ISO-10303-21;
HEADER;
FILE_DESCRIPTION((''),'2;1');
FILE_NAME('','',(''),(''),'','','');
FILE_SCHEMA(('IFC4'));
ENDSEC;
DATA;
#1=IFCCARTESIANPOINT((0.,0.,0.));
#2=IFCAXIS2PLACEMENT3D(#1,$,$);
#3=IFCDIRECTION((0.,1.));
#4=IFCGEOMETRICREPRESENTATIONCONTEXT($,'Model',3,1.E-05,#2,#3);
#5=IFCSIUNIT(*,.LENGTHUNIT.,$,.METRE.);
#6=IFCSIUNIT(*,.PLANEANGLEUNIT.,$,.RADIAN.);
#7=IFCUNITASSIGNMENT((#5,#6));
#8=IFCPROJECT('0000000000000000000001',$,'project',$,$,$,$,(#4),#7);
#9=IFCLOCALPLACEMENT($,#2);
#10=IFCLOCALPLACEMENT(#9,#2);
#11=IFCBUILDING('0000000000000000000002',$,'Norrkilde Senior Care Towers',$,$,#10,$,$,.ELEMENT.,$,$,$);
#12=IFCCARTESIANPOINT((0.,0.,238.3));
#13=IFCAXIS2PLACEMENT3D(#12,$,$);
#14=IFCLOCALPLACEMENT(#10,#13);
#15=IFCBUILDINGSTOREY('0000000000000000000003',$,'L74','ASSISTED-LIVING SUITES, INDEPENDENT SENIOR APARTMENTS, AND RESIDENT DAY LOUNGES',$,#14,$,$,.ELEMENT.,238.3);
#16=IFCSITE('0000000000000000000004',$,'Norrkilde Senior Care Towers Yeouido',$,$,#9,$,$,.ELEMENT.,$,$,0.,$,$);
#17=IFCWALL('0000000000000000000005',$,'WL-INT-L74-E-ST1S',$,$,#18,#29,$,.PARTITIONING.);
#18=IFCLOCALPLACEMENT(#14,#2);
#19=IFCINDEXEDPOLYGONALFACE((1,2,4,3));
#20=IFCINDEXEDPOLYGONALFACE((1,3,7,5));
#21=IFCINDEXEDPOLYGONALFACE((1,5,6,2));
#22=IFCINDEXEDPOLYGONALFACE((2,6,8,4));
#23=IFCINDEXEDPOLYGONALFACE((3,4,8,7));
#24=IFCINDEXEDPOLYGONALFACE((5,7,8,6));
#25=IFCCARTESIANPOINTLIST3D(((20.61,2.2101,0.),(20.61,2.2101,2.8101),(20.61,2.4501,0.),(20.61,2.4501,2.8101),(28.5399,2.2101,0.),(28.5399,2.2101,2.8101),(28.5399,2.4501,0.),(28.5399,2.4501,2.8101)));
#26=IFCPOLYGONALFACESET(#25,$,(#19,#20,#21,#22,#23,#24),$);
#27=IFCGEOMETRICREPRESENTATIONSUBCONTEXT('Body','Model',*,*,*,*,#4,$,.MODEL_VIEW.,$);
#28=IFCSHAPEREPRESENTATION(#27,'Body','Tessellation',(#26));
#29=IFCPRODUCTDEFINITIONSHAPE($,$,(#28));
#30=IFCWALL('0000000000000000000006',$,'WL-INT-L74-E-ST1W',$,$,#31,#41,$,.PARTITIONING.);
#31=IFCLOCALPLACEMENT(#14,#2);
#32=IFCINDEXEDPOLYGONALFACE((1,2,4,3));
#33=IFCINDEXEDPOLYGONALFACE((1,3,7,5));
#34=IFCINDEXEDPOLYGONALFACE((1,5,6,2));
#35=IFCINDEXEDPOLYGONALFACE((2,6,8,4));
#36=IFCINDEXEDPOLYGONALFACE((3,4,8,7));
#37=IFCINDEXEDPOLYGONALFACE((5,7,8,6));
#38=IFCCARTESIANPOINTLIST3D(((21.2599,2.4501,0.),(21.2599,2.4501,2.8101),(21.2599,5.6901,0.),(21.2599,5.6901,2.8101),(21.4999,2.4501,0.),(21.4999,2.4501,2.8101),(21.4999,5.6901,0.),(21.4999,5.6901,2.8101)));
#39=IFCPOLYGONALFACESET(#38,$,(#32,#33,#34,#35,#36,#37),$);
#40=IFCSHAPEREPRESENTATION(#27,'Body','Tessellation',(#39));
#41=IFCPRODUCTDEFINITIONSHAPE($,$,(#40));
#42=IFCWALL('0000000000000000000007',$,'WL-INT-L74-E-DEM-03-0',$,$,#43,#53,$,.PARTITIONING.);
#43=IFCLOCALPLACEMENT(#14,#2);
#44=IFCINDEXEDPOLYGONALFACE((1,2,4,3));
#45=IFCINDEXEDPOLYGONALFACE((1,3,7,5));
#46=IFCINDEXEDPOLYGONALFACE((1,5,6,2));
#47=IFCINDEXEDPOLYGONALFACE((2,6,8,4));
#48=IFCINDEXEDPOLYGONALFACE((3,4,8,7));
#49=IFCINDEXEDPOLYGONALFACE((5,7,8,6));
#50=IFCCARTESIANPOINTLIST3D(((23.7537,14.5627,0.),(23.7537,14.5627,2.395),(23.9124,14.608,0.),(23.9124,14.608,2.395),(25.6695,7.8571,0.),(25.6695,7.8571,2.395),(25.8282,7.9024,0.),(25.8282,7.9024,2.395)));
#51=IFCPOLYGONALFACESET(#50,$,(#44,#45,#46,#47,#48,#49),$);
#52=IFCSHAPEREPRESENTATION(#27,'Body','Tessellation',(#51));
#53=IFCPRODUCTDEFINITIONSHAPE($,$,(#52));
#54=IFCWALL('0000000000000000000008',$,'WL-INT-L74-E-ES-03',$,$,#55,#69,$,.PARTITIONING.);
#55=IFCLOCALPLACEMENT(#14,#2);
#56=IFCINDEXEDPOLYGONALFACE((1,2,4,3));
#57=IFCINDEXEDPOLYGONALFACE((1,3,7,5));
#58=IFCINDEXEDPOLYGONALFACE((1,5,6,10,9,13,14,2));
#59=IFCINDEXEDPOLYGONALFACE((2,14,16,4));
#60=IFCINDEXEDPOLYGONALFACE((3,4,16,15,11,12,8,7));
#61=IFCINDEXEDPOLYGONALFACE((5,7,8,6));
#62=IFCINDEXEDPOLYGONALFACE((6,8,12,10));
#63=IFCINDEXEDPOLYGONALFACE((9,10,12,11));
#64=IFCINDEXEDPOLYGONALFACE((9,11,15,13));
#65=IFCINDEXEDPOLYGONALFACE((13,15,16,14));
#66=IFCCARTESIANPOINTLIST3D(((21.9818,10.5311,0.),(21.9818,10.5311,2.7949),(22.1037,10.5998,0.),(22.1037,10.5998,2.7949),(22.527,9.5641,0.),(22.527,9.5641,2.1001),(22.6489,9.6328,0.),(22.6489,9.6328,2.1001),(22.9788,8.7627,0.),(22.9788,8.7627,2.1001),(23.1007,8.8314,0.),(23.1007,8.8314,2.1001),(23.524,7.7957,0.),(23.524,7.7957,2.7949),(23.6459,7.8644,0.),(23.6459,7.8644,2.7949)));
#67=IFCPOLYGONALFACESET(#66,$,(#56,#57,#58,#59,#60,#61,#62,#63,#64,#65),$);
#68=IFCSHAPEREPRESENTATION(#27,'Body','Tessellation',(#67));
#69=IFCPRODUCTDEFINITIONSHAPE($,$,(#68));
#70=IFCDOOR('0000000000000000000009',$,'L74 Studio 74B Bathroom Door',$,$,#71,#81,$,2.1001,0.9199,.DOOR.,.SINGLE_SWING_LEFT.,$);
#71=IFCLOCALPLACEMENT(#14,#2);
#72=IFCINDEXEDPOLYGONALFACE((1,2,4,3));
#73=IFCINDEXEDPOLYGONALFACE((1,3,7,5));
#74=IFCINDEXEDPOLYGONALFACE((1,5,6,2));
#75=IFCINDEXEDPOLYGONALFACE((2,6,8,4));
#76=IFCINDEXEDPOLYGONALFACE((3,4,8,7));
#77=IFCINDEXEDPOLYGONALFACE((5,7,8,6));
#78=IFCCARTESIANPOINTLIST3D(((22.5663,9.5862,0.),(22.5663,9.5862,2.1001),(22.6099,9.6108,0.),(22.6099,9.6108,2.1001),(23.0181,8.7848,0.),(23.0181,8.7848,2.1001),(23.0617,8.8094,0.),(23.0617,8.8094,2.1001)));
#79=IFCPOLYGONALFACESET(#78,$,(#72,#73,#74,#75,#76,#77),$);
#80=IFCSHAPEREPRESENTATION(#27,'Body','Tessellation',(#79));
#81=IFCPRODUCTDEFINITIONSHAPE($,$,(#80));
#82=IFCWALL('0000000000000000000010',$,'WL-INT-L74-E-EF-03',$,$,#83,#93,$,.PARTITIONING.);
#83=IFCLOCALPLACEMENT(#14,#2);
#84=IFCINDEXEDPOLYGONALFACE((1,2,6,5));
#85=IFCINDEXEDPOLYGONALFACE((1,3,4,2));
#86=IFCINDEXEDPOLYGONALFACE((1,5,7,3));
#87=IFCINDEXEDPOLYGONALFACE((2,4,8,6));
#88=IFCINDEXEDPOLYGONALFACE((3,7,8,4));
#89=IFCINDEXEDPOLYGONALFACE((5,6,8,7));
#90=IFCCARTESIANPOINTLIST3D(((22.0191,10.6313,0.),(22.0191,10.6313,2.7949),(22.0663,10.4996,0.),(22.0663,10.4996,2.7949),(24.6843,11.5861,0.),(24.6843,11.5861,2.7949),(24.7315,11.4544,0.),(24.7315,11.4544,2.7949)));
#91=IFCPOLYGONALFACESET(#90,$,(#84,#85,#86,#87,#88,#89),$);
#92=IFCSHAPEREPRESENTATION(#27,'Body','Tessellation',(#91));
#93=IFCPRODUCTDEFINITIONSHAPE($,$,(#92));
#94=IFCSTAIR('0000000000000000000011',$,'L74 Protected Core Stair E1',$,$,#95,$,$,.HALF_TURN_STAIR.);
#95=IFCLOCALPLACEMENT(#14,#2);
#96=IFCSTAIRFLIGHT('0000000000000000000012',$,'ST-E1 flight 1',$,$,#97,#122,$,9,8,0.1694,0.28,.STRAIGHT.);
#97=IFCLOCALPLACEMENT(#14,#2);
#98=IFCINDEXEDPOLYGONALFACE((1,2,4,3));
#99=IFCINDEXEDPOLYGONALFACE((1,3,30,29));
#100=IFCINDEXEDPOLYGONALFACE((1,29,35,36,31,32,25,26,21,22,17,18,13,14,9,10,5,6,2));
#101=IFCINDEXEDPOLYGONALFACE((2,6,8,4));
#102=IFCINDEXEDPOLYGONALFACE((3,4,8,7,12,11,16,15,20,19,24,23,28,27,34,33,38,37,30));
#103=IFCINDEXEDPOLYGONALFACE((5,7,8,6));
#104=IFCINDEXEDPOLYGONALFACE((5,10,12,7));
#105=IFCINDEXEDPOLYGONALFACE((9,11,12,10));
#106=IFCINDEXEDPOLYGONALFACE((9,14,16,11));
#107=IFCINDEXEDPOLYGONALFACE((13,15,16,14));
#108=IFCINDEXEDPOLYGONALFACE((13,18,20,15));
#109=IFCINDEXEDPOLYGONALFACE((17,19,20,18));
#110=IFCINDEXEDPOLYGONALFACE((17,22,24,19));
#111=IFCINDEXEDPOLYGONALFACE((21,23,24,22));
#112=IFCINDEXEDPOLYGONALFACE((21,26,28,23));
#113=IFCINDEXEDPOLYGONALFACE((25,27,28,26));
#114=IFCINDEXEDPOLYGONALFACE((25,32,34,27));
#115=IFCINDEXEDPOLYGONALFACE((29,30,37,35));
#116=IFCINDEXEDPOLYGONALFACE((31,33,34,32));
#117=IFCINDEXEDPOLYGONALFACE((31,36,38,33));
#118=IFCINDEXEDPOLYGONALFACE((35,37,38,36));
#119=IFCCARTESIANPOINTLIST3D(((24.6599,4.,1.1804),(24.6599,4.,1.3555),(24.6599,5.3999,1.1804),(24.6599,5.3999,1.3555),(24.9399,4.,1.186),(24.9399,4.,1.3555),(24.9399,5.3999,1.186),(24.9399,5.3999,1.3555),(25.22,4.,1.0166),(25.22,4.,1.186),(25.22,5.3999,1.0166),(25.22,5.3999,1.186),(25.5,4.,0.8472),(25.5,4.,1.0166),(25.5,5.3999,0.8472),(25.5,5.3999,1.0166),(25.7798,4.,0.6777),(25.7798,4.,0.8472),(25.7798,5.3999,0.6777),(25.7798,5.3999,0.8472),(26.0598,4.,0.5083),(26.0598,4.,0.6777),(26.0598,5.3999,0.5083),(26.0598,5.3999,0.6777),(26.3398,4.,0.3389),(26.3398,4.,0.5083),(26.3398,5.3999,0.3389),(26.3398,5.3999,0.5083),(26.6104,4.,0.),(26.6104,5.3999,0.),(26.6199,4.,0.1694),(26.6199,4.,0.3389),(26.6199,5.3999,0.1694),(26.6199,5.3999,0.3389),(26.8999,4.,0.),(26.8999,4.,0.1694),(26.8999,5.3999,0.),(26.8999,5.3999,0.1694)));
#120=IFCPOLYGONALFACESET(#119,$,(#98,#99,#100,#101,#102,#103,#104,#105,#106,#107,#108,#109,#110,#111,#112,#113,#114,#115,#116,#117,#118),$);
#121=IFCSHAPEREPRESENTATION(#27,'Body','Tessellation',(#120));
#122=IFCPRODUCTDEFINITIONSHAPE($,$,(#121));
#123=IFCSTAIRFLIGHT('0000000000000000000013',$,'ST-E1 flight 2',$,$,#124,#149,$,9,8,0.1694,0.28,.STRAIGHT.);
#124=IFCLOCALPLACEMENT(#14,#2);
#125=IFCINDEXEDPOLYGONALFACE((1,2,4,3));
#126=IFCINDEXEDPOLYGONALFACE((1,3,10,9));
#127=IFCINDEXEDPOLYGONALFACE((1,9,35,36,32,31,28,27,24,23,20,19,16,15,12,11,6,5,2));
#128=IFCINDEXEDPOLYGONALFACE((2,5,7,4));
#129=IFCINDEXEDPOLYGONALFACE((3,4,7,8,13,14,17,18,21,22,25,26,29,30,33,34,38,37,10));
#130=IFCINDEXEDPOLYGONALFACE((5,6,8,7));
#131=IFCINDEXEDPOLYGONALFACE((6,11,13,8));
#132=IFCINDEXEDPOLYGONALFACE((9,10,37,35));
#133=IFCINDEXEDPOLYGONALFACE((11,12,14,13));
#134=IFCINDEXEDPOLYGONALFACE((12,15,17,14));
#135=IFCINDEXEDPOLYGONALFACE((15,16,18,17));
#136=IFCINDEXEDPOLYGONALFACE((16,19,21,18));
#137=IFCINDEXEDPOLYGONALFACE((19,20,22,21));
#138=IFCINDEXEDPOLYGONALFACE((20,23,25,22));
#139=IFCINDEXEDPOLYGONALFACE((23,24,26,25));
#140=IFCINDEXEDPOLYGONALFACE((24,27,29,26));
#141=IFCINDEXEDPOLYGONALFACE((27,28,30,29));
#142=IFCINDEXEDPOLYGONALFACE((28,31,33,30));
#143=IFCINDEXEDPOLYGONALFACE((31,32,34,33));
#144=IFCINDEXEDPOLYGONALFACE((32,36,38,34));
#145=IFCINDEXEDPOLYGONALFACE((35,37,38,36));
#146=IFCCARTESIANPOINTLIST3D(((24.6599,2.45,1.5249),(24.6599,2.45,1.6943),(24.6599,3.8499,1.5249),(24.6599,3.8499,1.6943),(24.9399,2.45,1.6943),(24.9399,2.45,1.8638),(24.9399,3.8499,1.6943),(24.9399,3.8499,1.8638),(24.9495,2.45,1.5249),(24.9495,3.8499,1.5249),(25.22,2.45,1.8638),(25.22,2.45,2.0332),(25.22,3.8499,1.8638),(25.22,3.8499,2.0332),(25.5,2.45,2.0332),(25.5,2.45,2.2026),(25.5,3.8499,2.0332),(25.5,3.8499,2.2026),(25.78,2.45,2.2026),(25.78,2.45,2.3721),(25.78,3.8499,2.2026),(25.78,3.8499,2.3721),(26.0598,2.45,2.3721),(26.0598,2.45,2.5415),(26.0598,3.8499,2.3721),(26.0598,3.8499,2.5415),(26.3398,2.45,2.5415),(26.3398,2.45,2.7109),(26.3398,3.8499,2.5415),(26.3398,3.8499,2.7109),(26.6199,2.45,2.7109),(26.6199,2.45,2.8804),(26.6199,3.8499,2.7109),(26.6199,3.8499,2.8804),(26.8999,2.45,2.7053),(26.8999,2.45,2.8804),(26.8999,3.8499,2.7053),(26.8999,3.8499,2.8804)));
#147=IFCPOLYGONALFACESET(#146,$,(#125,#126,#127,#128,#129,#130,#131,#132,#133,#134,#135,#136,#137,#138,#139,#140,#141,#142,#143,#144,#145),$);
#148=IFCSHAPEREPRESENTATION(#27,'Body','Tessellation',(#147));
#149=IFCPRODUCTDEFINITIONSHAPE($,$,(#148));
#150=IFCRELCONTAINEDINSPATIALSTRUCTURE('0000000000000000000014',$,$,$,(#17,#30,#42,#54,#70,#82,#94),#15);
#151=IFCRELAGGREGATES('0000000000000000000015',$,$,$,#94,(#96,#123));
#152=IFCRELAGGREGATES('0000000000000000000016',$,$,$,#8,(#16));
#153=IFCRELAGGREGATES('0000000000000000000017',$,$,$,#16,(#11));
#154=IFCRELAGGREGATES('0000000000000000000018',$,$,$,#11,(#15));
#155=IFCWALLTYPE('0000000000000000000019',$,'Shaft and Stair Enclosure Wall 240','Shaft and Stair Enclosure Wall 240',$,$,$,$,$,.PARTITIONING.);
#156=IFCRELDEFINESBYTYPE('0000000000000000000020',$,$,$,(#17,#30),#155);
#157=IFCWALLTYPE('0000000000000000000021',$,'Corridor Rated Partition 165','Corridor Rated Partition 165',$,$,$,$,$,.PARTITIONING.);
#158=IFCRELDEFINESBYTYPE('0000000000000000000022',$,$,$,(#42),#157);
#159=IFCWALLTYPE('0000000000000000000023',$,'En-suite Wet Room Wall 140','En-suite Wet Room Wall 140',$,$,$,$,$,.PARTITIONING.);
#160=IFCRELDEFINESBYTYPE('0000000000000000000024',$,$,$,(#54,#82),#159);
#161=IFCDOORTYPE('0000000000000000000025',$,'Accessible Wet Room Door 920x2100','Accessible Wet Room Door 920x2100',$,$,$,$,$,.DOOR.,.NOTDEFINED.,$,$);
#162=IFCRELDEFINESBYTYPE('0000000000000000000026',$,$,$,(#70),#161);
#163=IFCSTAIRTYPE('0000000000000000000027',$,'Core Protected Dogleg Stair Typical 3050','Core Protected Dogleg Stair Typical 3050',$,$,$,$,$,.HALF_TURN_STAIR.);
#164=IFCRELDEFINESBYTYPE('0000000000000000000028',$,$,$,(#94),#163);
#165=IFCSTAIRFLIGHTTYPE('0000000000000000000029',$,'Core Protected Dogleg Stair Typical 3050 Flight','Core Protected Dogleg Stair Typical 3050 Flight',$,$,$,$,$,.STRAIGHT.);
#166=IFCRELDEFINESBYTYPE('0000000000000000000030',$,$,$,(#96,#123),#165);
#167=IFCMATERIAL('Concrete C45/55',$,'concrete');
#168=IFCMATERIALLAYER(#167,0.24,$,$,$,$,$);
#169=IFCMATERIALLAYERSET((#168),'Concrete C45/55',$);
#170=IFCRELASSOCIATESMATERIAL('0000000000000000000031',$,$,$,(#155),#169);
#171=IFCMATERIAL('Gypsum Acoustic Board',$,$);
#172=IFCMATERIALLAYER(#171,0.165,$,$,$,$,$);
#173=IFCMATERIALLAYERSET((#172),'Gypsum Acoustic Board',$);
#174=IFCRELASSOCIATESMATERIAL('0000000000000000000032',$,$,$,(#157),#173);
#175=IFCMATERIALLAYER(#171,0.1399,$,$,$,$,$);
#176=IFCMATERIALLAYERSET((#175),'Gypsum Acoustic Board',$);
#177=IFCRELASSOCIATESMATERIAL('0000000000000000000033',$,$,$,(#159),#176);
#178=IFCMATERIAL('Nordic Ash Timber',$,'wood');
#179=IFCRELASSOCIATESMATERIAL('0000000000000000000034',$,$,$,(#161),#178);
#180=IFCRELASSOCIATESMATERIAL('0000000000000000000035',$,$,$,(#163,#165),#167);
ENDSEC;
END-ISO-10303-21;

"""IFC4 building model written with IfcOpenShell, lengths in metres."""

from ifc_helpers import new_model, si_unit, direction, frame, frame_2d, origin, place, context, subcontext, project, spatial, polyline, rectangle, outline, extrude, source, transform, mapped, material, layer, layer_set, type_object, type_shapes, element, fill, aggregate, save


model = new_model("IFC4")

# Units and contexts
model_context = context("Model", 3, precision=1e-05, world=origin(), true_north=direction((0.0, 1.0)))
body_context = subcontext(model_context, "Body", "Model", "MODEL_VIEW")
ifc_project = project(units=[si_unit("LENGTHUNIT", "METRE"), si_unit("PLANEANGLEUNIT", "RADIAN")], contexts=[model_context])

# Site, building, storey
site_placement = place(None, origin())
site = spatial("IfcSite", under=ifc_project, at=site_placement, Name="Norrkilde Senior Care Towers Yeouido", CompositionType="ELEMENT", RefElevation=0.0)
building_placement = place(site_placement, origin())
building = spatial("IfcBuilding", under=site, at=building_placement, Name="Norrkilde Senior Care Towers", CompositionType="ELEMENT")
storey_placement = place(building_placement, frame((0.0, 0.0, 238.3)))
storey = spatial("IfcBuildingStorey", under=building, at=storey_placement, Name="L74", Description="ASSISTED-LIVING SUITES, INDEPENDENT SENIOR APARTMENTS, AND RESIDENT DAY LOUNGES", CompositionType="ELEMENT", Elevation=238.3)

# Walls
ifc_material_1 = material(Name="Gypsum Acoustic Board")
ifc_material_2 = material(Name="Concrete C45/55", Category="concrete")
ifc_layer_1 = layer(ifc_material_2, 0.24)
ifc_layer_set_1 = layer_set([ifc_layer_1], Name="Concrete C45/55")
wall_type_1 = type_object("IfcWallType", Name="Shaft and Stair Enclosure Wall 240", Description="Shaft and Stair Enclosure Wall 240", PredefinedType="PARTITIONING", material=ifc_layer_set_1)
shared_shape_1 = source(origin(), body_context, "Body", "SweptSolid", [
    extrude(rectangle(XDim=7.9299, YDim=0.24, at=frame_2d((3.9648, 0.0))), origin(), (0.0, 0.0, 1.0), 2.8101),
])
wall_1_placement = place(storey_placement, frame((20.6101, 2.3301, 0.0), z_axis=(0.0, 0.0, 1.0), x_axis=(1.0, 0.0, 0.0)))
element("IfcWall", 1, at=wall_1_placement, inside=storey, type_object=wall_type_1, Name="WL-INT-L74-E-ST1S", PredefinedType="PARTITIONING", context=body_context, shape_type="MappedRepresentation", body=[
    mapped(shared_shape_1, transform((0.0, 0.0, 0.0), x_axis=(1.0, 0.0, 0.0), y_axis=(0.0, 1.0, 0.0), z_axis=(0.0, 0.0, 1.0), scale=1.0)),
])
shared_shape_2 = source(origin(), body_context, "Body", "SweptSolid", [
    extrude(rectangle(XDim=3.24, YDim=0.24, at=frame_2d((1.6201, 0.0))), origin(), (0.0, 0.0, 1.0), 2.8101),
])
type_shapes(wall_type_1, [shared_shape_1, shared_shape_2])
wall_2_placement = place(storey_placement, frame((21.3799, 2.45, 0.0), z_axis=(0.0, 0.0, 1.0), x_axis=(0.0, 1.0, 0.0)))
element("IfcWall", 2, at=wall_2_placement, inside=storey, type_object=wall_type_1, Name="WL-INT-L74-E-ST1W", PredefinedType="PARTITIONING", context=body_context, shape_type="MappedRepresentation", body=[
    mapped(shared_shape_2, transform((0.0, 0.0, 0.0), x_axis=(1.0, 0.0, 0.0), y_axis=(0.0, 1.0, 0.0), z_axis=(0.0, 0.0, 1.0), scale=1.0)),
])
ifc_layer_2 = layer(ifc_material_1, 0.165)
ifc_layer_set_2 = layer_set([ifc_layer_2], Name="Gypsum Acoustic Board")
wall_type_2 = type_object("IfcWallType", Name="Corridor Rated Partition 165", Description="Corridor Rated Partition 165", PredefinedType="PARTITIONING", material=ifc_layer_set_2)
shared_shape_3 = source(origin(), body_context, "Body", "SweptSolid", [
    extrude(rectangle(XDim=6.9739, YDim=0.165, at=frame_2d((3.4868, 0.0))), origin(), (0.0, 0.0, 1.0), 2.395),
])
type_shapes(wall_type_2, [shared_shape_3])
wall_3_placement = place(storey_placement, frame((25.7488, 7.8799, 0.0), z_axis=(0.0, 0.0, 1.0), x_axis=(-0.274707, 0.961528, 0.0)))
element("IfcWall", 3, at=wall_3_placement, inside=storey, type_object=wall_type_2, Name="WL-INT-L74-E-DEM-03-0", PredefinedType="PARTITIONING", context=body_context, shape_type="MappedRepresentation", body=[
    mapped(shared_shape_3, transform((0.0, 0.0, 0.0), x_axis=(1.0, 0.0, 0.0), y_axis=(0.0, 1.0, 0.0), z_axis=(0.0, 0.0, 1.0), scale=1.0)),
])

# Wall, opening, door
ifc_layer_3 = layer(ifc_material_1, 0.1399)
ifc_layer_set_3 = layer_set([ifc_layer_3], Name="Gypsum Acoustic Board")
wall_type_3 = type_object("IfcWallType", Name="En-suite Wet Room Wall 140", Description="En-suite Wet Room Wall 140", PredefinedType="PARTITIONING", material=ifc_layer_set_3)
shared_shape_4 = source(origin(), body_context, "Body", "SweptSolid", [
    extrude(rectangle(XDim=3.1401, YDim=0.1399, at=frame_2d((1.5701, 0.0))), origin(), (0.0, 0.0, 1.0), 2.7949),
])
wall_4_placement = place(storey_placement, frame((23.585, 7.8301, 0.0), z_axis=(0.0, 0.0, 1.0), x_axis=(-0.491132, 0.871085, 0.0)))
wall_4 = element("IfcWall", 4, at=wall_4_placement, inside=storey, type_object=wall_type_3, Name="WL-INT-L74-E-ES-03", PredefinedType="PARTITIONING", context=body_context, shape_type="MappedRepresentation", body=[
    mapped(shared_shape_4, transform((0.0, 0.0, 0.0), x_axis=(1.0, 0.0, 0.0), y_axis=(0.0, 1.0, 0.0), z_axis=(0.0, 0.0, 1.0), scale=1.0)),
])
opening_placement = place(wall_4_placement, frame((1.1101, 0.0, 0.0)))
opening = element("IfcOpeningElement", 5, at=opening_placement, cuts=wall_4, PredefinedType="OPENING", context=body_context, shape_type="SweptSolid", body=[
    extrude(rectangle(XDim=0.9199, YDim=2.1001, at=frame_2d((0.46, 1.05))), frame((0.0, 0.0798, 0.0), z_axis=(0.0, -1.0, 0.0), x_axis=(1.0, 0.0, 0.0)), (0.0, 0.0, 1.0), 0.1599),
])
ifc_material_3 = material(Name="Nordic Ash Timber", Category="wood")
door_type = type_object("IfcDoorType", Name="Accessible Wet Room Door 920x2100", Description="Accessible Wet Room Door 920x2100", OperationType="NOTDEFINED", PredefinedType="DOOR", material=ifc_material_3)
shared_shape_5 = source(origin(), body_context, "Body", "SweptSolid", [
    extrude(rectangle(XDim=0.9199, YDim=2.1001, at=frame_2d((0.46, 1.05))), frame((0.0, 0.0249, 0.0), z_axis=(0.0, -1.0, 0.0), x_axis=(1.0, 0.0, 0.0)), (0.0, 0.0, 1.0), 0.05),
])
type_shapes(door_type, [shared_shape_5])
door_placement = place(opening_placement, origin())
door = element("IfcDoor", 6, at=door_placement, inside=storey, type_object=door_type, Name="L74 Studio 74B Bathroom Door", OperationType="SINGLE_SWING_LEFT", OverallHeight=2.1001, OverallWidth=0.9199, PredefinedType="DOOR", context=body_context, shape_type="MappedRepresentation", body=[
    mapped(shared_shape_5, transform((0.0, 0.0, 0.0), x_axis=(1.0, 0.0, 0.0), y_axis=(0.0, 1.0, 0.0), z_axis=(0.0, 0.0, 1.0), scale=1.0)),
])
fill(opening, door)

# Wall
shared_shape_6 = source(origin(), body_context, "Body", "SweptSolid", [
    extrude(rectangle(XDim=2.8311, YDim=0.1399, at=frame_2d((1.4155, 0.0))), origin(), (0.0, 0.0, 1.0), 2.7949),
])
type_shapes(wall_type_3, [shared_shape_4, shared_shape_6])
wall_5_placement = place(storey_placement, frame((22.0427, 10.5654, 0.0), z_axis=(0.0, 0.0, 1.0), x_axis=(0.941412, 0.337259, 0.0)))
element("IfcWall", 7, at=wall_5_placement, inside=storey, type_object=wall_type_3, Name="WL-INT-L74-E-EF-03", PredefinedType="PARTITIONING", context=body_context, shape_type="MappedRepresentation", body=[
    mapped(shared_shape_6, transform((0.0, 0.0, 0.0), x_axis=(1.0, 0.0, 0.0), y_axis=(0.0, 1.0, 0.0), z_axis=(0.0, 0.0, 1.0), scale=1.0)),
])

# Stair, stair flights
stair_type = type_object("IfcStairType", Name="Core Protected Dogleg Stair Typical 3050", Description="Core Protected Dogleg Stair Typical 3050", PredefinedType="HALF_TURN_STAIR", material=ifc_material_2)
stair_placement = place(storey_placement, origin())
stair = element("IfcStair", 8, at=stair_placement, inside=storey, type_object=stair_type, Name="L74 Protected Core Stair E1", PredefinedType="HALF_TURN_STAIR")
stair_flight_type = type_object("IfcStairFlightType", Name="Core Protected Dogleg Stair Typical 3050 Flight", Description="Core Protected Dogleg Stair Typical 3050 Flight", PredefinedType="STRAIGHT", material=ifc_material_2)
stair_flight_1_placement = place(storey_placement, frame((26.8999, 4.7, 0.0), z_axis=(0.0, 0.0, 1.0), x_axis=(-1.0, 0.0, 0.0)))
stair_flight_1 = element("IfcStairFlight", 9, at=stair_flight_1_placement, type_object=stair_flight_type, Name="ST-E1 flight 1", NumberOfRisers=9, NumberOfTreads=8, PredefinedType="STRAIGHT", RiserHeight=0.1694, TreadLength=0.28, context=body_context, shape_type="SweptSolid", body=[
    extrude(outline(polyline([(0.0, 0.0), (0.0, 0.1694), (0.28, 0.1694), (0.28, 0.3389), (0.5601, 0.3389), (0.5601, 0.5083), (0.8401, 0.5083), (0.8401, 0.6777), (1.1201, 0.6777), (1.1201, 0.8472), (1.3999, 0.8472), (1.3999, 1.0166), (1.6799, 1.0166), (1.6799, 1.186), (1.96, 1.186), (1.96, 1.3555), (2.24, 1.3555), (2.24, 1.5249), (2.24, 1.1804), (0.2896, 0.0), (0.0, 0.0)])), frame((0.0, 0.7, 0.0), z_axis=(0.0, -1.0, 0.0), x_axis=(1.0, 0.0, 0.0)), (0.0, 0.0, 1.0), 1.3999),
])
stair_flight_2_placement = place(storey_placement, frame((24.6599, 3.1499, 1.5249), z_axis=(0.0, 0.0, 1.0), x_axis=(1.0, 0.0, 0.0)))
stair_flight_2 = element("IfcStairFlight", 10, at=stair_flight_2_placement, type_object=stair_flight_type, Name="ST-E1 flight 2", NumberOfRisers=9, NumberOfTreads=8, PredefinedType="STRAIGHT", RiserHeight=0.1694, TreadLength=0.28, context=body_context, shape_type="SweptSolid", body=[
    extrude(outline(polyline([(0.0, 0.0), (0.0, 0.1694), (0.28, 0.1694), (0.28, 0.3389), (0.5601, 0.3389), (0.5601, 0.5083), (0.8401, 0.5083), (0.8401, 0.6777), (1.1201, 0.6777), (1.1201, 0.8472), (1.3999, 0.8472), (1.3999, 1.0166), (1.6799, 1.0166), (1.6799, 1.186), (1.96, 1.186), (1.96, 1.3555), (2.24, 1.3555), (2.24, 1.5249), (2.24, 1.1804), (0.2896, 0.0), (0.0, 0.0)])), frame((0.0, 0.7, 0.0), z_axis=(0.0, -1.0, 0.0), x_axis=(1.0, 0.0, 0.0)), (0.0, 0.0, 1.0), 1.3999),
])
aggregate(stair, [stair_flight_1, stair_flight_2])

save(model, "model.ifc")
